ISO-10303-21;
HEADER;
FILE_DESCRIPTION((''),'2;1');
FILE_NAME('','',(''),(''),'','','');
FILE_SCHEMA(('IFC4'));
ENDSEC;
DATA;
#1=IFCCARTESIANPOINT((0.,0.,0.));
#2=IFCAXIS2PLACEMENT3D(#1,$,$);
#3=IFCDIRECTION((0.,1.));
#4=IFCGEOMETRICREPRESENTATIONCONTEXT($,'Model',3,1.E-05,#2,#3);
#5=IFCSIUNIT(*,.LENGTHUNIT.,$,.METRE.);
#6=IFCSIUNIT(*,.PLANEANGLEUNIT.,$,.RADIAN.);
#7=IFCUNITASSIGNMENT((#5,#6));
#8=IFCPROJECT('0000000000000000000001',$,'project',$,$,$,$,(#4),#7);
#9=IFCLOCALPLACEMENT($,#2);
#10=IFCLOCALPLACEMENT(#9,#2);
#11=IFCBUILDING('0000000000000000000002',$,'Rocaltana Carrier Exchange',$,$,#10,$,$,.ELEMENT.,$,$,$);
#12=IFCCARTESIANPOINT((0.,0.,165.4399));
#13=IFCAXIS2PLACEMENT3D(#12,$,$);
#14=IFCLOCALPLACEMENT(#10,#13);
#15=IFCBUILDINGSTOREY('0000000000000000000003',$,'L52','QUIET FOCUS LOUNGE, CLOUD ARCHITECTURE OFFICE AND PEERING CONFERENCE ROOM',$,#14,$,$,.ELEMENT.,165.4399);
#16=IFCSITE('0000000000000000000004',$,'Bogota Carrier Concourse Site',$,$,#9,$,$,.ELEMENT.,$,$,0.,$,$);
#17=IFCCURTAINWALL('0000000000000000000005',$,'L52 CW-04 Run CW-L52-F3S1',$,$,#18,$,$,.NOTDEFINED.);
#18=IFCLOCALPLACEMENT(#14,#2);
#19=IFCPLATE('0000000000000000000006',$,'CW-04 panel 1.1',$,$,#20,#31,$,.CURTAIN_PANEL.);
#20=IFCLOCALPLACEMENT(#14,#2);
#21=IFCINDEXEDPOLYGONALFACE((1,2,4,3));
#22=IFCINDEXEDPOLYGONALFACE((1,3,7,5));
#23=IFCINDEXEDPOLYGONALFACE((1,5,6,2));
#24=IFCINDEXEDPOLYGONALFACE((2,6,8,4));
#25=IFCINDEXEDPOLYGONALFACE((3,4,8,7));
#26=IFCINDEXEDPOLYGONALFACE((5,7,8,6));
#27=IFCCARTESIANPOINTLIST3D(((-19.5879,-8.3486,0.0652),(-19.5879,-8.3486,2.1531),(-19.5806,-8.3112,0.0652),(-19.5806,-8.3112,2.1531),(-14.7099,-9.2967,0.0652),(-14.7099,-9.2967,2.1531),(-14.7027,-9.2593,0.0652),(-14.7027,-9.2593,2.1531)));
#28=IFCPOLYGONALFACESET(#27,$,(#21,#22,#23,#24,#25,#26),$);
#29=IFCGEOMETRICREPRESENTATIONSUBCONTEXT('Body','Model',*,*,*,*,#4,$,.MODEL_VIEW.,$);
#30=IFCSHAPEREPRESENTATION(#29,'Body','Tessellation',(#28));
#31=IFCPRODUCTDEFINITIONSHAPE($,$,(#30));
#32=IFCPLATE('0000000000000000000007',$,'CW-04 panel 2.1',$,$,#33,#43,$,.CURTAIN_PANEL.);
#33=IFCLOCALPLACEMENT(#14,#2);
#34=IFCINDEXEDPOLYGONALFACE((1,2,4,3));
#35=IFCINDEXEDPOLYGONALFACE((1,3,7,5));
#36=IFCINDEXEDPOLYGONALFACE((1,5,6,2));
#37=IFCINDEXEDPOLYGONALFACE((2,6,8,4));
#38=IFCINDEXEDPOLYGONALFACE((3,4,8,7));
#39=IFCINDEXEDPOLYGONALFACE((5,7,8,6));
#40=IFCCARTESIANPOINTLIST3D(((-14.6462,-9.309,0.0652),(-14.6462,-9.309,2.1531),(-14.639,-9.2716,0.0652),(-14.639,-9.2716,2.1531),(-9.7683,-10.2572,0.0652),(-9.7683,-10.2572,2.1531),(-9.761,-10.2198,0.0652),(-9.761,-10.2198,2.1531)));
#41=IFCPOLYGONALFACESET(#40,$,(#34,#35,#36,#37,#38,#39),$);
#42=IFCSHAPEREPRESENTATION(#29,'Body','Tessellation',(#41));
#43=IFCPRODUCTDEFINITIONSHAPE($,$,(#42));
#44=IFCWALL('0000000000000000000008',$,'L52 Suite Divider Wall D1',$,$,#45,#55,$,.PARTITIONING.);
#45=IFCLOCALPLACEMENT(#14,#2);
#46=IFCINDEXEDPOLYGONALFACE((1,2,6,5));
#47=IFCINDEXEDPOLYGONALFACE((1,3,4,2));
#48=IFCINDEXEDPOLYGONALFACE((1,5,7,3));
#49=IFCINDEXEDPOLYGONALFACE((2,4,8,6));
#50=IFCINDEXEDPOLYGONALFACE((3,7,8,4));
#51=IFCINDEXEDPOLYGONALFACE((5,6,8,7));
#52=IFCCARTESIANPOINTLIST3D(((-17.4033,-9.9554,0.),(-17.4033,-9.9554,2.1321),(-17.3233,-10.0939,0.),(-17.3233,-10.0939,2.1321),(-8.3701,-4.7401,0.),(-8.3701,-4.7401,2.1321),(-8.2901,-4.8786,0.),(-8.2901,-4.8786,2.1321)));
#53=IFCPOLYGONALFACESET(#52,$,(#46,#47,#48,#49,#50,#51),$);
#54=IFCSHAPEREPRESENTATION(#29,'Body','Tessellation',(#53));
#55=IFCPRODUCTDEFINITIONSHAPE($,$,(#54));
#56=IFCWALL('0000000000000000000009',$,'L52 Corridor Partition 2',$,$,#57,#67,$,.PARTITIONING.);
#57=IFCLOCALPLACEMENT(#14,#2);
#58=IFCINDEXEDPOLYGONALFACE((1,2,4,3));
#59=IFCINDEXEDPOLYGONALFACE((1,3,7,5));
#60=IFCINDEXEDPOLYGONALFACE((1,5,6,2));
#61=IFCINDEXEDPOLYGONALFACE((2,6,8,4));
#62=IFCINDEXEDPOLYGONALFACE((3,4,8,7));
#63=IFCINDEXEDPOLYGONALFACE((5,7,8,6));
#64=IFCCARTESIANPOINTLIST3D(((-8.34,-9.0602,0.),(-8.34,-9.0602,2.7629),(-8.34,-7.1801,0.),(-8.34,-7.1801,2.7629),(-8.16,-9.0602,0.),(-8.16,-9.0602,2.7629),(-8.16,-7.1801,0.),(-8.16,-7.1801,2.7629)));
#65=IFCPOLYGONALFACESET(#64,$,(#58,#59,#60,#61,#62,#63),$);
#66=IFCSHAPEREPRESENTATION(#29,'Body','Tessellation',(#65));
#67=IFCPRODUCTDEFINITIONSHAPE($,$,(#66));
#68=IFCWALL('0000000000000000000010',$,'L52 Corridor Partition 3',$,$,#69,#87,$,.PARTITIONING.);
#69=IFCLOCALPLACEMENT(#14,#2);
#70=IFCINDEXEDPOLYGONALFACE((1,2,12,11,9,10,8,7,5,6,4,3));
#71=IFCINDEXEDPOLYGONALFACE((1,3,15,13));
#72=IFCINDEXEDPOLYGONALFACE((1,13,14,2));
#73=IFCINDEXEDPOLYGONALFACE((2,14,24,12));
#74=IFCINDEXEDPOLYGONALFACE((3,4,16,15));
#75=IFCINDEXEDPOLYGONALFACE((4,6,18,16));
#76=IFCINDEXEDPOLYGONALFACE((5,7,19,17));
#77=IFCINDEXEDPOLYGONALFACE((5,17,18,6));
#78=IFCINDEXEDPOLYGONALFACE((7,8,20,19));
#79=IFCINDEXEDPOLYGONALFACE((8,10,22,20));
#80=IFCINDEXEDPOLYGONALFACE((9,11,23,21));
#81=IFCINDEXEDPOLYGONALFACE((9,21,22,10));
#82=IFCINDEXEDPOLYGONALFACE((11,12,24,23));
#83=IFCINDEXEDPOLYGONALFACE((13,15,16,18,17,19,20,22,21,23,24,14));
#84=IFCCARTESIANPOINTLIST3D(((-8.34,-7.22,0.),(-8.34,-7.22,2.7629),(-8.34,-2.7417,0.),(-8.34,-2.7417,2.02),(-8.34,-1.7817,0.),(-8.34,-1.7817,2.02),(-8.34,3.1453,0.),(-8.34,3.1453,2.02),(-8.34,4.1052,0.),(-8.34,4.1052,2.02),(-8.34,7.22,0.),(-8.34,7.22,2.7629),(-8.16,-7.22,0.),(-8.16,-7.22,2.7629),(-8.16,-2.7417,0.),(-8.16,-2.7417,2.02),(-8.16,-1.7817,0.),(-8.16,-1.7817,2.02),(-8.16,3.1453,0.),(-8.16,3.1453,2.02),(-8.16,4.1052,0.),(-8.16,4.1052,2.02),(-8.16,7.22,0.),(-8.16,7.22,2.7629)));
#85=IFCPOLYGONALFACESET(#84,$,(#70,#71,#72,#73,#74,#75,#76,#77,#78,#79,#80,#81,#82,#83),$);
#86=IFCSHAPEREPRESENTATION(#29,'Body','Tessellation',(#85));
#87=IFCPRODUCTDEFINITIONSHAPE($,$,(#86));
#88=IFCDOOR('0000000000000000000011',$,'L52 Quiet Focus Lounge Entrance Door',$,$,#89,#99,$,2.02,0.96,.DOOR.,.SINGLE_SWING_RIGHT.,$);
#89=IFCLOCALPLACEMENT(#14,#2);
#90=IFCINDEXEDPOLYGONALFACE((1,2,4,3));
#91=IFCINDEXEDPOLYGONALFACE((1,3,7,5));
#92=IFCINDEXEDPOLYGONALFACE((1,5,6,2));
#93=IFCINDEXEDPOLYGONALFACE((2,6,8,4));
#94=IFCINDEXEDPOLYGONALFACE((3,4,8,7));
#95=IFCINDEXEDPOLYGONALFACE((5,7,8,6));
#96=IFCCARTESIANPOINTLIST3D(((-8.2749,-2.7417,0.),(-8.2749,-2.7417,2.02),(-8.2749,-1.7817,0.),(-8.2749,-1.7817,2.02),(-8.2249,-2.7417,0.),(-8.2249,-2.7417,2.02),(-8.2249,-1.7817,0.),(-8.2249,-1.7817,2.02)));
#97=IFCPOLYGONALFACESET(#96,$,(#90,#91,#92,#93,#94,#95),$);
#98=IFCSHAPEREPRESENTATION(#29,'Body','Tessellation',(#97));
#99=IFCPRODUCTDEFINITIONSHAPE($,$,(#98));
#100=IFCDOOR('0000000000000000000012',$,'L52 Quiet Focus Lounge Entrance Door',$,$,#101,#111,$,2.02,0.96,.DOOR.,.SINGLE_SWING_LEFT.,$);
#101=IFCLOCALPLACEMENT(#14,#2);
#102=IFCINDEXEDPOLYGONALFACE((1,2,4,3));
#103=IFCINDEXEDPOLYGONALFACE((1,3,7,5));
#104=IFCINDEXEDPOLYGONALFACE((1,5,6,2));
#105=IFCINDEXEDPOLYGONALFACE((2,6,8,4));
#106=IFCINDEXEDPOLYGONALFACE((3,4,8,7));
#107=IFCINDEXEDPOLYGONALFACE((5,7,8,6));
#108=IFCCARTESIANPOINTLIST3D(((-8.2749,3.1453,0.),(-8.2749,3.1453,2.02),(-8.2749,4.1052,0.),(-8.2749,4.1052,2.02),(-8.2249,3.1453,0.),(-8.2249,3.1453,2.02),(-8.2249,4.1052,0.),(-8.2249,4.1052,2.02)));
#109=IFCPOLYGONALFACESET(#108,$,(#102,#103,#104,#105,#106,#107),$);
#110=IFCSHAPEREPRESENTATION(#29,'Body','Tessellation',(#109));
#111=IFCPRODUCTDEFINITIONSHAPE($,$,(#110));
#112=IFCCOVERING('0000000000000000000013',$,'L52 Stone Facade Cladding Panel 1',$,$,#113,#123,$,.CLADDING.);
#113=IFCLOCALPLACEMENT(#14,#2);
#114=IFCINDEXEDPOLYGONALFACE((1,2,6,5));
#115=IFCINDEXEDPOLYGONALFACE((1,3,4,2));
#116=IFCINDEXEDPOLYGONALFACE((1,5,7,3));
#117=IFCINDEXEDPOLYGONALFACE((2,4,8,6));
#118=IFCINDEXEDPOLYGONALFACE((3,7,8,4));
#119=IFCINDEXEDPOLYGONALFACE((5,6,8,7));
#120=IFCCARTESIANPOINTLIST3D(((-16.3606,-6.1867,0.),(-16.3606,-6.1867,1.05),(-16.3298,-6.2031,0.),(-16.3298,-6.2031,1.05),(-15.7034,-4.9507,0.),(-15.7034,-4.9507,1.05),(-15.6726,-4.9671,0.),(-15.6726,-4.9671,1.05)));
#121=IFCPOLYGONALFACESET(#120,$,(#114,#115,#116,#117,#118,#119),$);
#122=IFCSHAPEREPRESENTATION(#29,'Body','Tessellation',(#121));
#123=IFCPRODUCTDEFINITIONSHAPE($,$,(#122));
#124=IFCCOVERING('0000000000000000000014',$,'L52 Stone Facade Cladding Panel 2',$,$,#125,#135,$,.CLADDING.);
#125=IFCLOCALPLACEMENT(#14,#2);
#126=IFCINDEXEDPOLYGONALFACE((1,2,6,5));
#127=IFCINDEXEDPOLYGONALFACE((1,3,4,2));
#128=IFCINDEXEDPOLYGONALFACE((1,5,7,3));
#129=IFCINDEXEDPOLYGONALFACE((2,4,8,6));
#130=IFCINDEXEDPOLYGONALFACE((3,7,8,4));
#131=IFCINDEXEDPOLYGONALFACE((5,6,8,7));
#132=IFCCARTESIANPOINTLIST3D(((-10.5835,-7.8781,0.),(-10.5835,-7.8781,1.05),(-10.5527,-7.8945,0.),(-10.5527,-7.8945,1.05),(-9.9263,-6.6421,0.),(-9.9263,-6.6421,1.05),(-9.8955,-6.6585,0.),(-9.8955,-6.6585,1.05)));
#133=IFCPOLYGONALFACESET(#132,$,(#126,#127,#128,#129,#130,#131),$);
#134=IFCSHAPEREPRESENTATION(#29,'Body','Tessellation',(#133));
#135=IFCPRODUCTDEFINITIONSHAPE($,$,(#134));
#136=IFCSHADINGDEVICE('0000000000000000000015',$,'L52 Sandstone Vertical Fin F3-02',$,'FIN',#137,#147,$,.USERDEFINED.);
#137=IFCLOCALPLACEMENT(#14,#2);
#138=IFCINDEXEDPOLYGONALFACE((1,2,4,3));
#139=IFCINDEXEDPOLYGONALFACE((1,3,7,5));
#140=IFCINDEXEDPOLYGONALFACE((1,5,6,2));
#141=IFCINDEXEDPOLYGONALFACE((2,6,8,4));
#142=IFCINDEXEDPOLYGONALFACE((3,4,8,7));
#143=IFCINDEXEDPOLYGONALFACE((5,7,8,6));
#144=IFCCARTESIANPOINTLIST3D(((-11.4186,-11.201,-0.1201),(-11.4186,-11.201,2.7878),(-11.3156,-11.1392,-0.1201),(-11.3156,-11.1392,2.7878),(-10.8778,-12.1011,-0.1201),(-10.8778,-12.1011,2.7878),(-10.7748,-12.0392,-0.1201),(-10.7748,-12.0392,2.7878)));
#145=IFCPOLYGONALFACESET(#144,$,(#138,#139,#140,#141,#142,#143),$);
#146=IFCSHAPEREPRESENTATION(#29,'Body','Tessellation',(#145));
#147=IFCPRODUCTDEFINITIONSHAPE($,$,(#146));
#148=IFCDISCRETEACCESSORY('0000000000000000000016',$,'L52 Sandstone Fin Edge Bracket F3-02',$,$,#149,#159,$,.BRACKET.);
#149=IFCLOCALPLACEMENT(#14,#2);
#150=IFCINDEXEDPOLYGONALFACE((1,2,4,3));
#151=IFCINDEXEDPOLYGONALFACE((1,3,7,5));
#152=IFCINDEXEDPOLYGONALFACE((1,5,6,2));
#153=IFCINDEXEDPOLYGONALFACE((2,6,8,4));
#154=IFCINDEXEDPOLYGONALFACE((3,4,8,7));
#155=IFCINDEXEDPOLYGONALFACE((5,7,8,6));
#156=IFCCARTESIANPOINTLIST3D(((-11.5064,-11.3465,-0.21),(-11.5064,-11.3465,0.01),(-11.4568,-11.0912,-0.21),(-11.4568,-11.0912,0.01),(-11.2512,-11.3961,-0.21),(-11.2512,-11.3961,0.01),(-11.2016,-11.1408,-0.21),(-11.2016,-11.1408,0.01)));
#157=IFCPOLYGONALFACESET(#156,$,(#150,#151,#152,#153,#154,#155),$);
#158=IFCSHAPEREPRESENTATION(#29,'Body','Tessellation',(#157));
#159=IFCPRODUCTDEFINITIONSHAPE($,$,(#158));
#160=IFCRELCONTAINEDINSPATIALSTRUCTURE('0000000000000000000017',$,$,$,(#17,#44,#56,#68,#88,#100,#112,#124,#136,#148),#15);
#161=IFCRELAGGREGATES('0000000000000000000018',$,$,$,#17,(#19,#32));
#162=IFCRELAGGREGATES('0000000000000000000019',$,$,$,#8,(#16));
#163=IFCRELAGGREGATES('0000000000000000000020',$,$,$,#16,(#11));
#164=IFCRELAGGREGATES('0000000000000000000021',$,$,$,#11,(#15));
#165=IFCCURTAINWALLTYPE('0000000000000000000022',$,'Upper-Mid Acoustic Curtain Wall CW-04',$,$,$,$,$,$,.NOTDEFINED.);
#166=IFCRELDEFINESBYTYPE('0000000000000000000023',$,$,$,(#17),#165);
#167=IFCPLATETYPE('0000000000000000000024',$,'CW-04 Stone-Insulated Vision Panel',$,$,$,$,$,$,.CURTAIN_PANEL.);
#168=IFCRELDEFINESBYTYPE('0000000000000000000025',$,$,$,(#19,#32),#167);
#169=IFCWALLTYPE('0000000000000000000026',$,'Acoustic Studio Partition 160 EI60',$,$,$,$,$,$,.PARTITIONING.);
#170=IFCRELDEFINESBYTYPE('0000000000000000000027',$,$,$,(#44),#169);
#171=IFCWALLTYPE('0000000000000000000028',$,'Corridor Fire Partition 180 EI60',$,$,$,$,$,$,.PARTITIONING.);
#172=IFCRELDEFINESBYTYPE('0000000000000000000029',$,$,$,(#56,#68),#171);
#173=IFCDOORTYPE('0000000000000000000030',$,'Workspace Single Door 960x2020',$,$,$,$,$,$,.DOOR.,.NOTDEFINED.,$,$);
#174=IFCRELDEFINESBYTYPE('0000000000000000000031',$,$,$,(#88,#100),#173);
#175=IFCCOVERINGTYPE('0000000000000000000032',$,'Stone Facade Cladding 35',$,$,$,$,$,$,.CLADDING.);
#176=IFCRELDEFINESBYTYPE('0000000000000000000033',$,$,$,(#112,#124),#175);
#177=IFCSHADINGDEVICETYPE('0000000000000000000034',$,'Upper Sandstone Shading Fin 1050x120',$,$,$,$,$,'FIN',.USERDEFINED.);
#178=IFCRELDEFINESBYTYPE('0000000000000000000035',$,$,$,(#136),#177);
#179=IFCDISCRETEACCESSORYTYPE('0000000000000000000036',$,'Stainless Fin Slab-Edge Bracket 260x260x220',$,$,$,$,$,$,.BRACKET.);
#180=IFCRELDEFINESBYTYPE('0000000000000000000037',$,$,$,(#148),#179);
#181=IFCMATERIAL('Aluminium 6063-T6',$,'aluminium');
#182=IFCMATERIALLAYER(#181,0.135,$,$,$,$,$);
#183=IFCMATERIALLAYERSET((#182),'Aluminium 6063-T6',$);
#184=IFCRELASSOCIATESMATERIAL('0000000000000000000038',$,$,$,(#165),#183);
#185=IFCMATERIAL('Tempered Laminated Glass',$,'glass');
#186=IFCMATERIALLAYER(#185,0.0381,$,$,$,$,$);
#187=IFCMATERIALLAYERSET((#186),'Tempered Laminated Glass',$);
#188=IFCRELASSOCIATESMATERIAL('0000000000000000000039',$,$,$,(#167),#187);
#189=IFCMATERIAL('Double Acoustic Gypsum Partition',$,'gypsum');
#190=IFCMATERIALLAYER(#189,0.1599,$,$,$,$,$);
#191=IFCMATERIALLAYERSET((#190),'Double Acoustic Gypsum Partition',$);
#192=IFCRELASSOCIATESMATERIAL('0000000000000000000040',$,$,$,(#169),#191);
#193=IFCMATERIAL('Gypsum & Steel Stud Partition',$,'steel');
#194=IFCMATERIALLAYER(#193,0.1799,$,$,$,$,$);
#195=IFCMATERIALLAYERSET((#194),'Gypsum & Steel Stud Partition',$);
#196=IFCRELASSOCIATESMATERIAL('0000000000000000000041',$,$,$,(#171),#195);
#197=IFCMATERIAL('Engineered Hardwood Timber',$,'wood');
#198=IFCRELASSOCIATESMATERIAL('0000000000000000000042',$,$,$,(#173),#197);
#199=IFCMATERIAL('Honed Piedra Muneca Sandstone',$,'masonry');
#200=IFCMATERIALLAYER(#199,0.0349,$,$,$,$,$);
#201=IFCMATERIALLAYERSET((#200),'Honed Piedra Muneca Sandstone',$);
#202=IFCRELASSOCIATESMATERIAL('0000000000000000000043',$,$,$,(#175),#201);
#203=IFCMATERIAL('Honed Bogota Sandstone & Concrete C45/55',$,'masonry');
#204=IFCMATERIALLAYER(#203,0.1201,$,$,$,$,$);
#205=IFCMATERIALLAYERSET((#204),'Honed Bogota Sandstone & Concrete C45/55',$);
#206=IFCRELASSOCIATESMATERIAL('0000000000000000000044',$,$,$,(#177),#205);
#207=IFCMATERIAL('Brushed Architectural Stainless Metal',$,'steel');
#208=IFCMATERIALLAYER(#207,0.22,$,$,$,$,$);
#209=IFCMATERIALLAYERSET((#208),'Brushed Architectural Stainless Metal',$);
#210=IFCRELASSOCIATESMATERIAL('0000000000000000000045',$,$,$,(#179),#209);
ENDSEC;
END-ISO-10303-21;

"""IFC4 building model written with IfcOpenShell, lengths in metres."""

from ifc_helpers import new_model, si_unit, direction, frame, frame_2d, origin, origin_2d, place, context, subcontext, project, spatial, rectangle, extrude, material, layer, layer_set, type_object, element, fill, aggregate, save


model = new_model("IFC4")

# Units and contexts
model_context = context("Model", 3, precision=1e-05, world=origin(), true_north=direction((0.0, 1.0)))
body_context = subcontext(model_context, "Body", "Model", "MODEL_VIEW")
ifc_project = project(units=[si_unit("LENGTHUNIT", "METRE"), si_unit("PLANEANGLEUNIT", "RADIAN")], contexts=[model_context])

# Site, building, storey
site_placement = place(None, origin())
site = spatial("IfcSite", under=ifc_project, at=site_placement, Name="Bogota Carrier Concourse Site", CompositionType="ELEMENT", RefElevation=0.0)
building_placement = place(site_placement, origin())
building = spatial("IfcBuilding", under=site, at=building_placement, Name="Rocaltana Carrier Exchange", CompositionType="ELEMENT")
storey_placement = place(building_placement, frame((0.0, 0.0, 165.4399)))
storey = spatial("IfcBuildingStorey", under=building, at=storey_placement, Name="L52", Description="QUIET FOCUS LOUNGE, CLOUD ARCHITECTURE OFFICE AND PEERING CONFERENCE ROOM", CompositionType="ELEMENT", Elevation=165.4399)

# Curtain wall
ifc_material_1 = material(Name="Aluminium 6063-T6", Category="aluminium")
ifc_layer_1 = layer(ifc_material_1, 0.135)
ifc_layer_set_1 = layer_set([ifc_layer_1], Name="Aluminium 6063-T6")
curtain_wall_type = type_object("IfcCurtainWallType", Name="Upper-Mid Acoustic Curtain Wall CW-04", PredefinedType="NOTDEFINED", material=ifc_layer_set_1)
curtain_wall_placement = place(storey_placement, origin())
curtain_wall = element("IfcCurtainWall", 1, at=curtain_wall_placement, inside=storey, type_object=curtain_wall_type, Name="L52 CW-04 Run CW-L52-F3S1", PredefinedType="NOTDEFINED")

# Plates
ifc_material_2 = material(Name="Tempered Laminated Glass", Category="glass")
ifc_layer_2 = layer(ifc_material_2, 0.0381)
ifc_layer_set_2 = layer_set([ifc_layer_2], Name="Tempered Laminated Glass")
plate_type = type_object("IfcPlateType", Name="CW-04 Stone-Insulated Vision Panel", PredefinedType="CURTAIN_PANEL", material=ifc_layer_set_2)
plate_1_placement = place(storey_placement, frame((-17.1453, -8.804, 0.0652), z_axis=(0.0, 0.0, 1.0), x_axis=(0.981628, -0.190803, 0.0)))
plate_1 = element("IfcPlate", 2, at=plate_1_placement, type_object=plate_type, Name="CW-04 panel 1.1", PredefinedType="CURTAIN_PANEL", context=body_context, shape_type="SweptSolid", body=[
    extrude(rectangle(XDim=4.9692, YDim=0.0381, at=origin_2d()), origin(), (0.0, 0.0, 1.0), 2.0879),
])
plate_2_placement = place(storey_placement, frame((-12.2036, -9.7644, 0.0652), z_axis=(0.0, 0.0, 1.0), x_axis=(0.981628, -0.190803, 0.0)))
plate_2 = element("IfcPlate", 3, at=plate_2_placement, type_object=plate_type, Name="CW-04 panel 2.1", PredefinedType="CURTAIN_PANEL", context=body_context, shape_type="SweptSolid", body=[
    extrude(rectangle(XDim=4.9692, YDim=0.0381, at=origin_2d()), origin(), (0.0, 0.0, 1.0), 2.0879),
])
aggregate(curtain_wall, [plate_1, plate_2])

# Walls
ifc_material_3 = material(Name="Double Acoustic Gypsum Partition", Category="gypsum")
ifc_layer_3 = layer(ifc_material_3, 0.1599)
ifc_layer_set_3 = layer_set([ifc_layer_3], Name="Double Acoustic Gypsum Partition")
wall_type_1 = type_object("IfcWallType", Name="Acoustic Studio Partition 160 EI60", PredefinedType="PARTITIONING", material=ifc_layer_set_3)
wall_1_placement = place(storey_placement, frame((-8.3301, -4.8093, 0.0), z_axis=(0.0, 0.0, 1.0), x_axis=(-0.866025, -0.500001, 0.0)))
element("IfcWall", 4, at=wall_1_placement, inside=storey, type_object=wall_type_1, Name="L52 Suite Divider Wall D1", PredefinedType="PARTITIONING", context=body_context, shape_type="SweptSolid", body=[
    extrude(rectangle(XDim=10.4307, YDim=0.1599, at=frame_2d((5.2153, 0.0))), origin(), (0.0, 0.0, 1.0), 2.1321),
])
ifc_material_4 = material(Name="Gypsum & Steel Stud Partition", Category="steel")
ifc_layer_4 = layer(ifc_material_4, 0.1799)
ifc_layer_set_4 = layer_set([ifc_layer_4], Name="Gypsum & Steel Stud Partition")
wall_type_2 = type_object("IfcWallType", Name="Corridor Fire Partition 180 EI60", PredefinedType="PARTITIONING", material=ifc_layer_set_4)
wall_2_placement = place(storey_placement, frame((-8.25, -9.0601, 0.0), z_axis=(0.0, 0.0, 1.0), x_axis=(0.0, 1.0, 0.0)))
element("IfcWall", 5, at=wall_2_placement, inside=storey, type_object=wall_type_2, Name="L52 Corridor Partition 2", PredefinedType="PARTITIONING", context=body_context, shape_type="SweptSolid", body=[
    extrude(rectangle(XDim=1.8801, YDim=0.1799, at=frame_2d((0.9399, 0.0))), origin(), (0.0, 0.0, 1.0), 2.7629),
])

# Wall, openings, doors
wall_3_placement = place(storey_placement, frame((-8.25, -7.22, 0.0), z_axis=(0.0, 0.0, 1.0), x_axis=(0.0, 1.0, 0.0)))
wall_3 = element("IfcWall", 6, at=wall_3_placement, inside=storey, type_object=wall_type_2, Name="L52 Corridor Partition 3", PredefinedType="PARTITIONING", context=body_context, shape_type="SweptSolid", body=[
    extrude(rectangle(XDim=14.4399, YDim=0.1799, at=frame_2d((7.22, 0.0))), origin(), (0.0, 0.0, 1.0), 2.7629),
])
opening_1_placement = place(wall_3_placement, frame((4.4783, 0.0, 0.0)))
opening_1 = element("IfcOpeningElement", 7, at=opening_1_placement, cuts=wall_3, PredefinedType="OPENING", context=body_context, shape_type="SweptSolid", body=[
    extrude(rectangle(XDim=0.96, YDim=2.02, at=frame_2d((0.48, 1.01))), frame((0.0, 0.0999, 0.0), z_axis=(0.0, -1.0, 0.0), x_axis=(1.0, 0.0, 0.0)), (0.0, 0.0, 1.0), 0.2),
])
opening_2_placement = place(wall_3_placement, frame((10.3652, 0.0, 0.0)))
opening_2 = element("IfcOpeningElement", 8, at=opening_2_placement, cuts=wall_3, PredefinedType="OPENING", context=body_context, shape_type="SweptSolid", body=[
    extrude(rectangle(XDim=0.96, YDim=2.02, at=frame_2d((0.48, 1.01))), frame((0.0, 0.0999, 0.0), z_axis=(0.0, -1.0, 0.0), x_axis=(1.0, 0.0, 0.0)), (0.0, 0.0, 1.0), 0.2),
])
ifc_material_5 = material(Name="Engineered Hardwood Timber", Category="wood")
door_type = type_object("IfcDoorType", Name="Workspace Single Door 960x2020", OperationType="NOTDEFINED", PredefinedType="DOOR", material=ifc_material_5)
door_1_placement = place(opening_1_placement, origin())
door_1 = element("IfcDoor", 9, at=door_1_placement, inside=storey, type_object=door_type, Name="L52 Quiet Focus Lounge Entrance Door", OperationType="SINGLE_SWING_RIGHT", OverallHeight=2.02, OverallWidth=0.96, PredefinedType="DOOR", context=body_context, shape_type="SweptSolid", body=[
    extrude(rectangle(XDim=0.96, YDim=2.02, at=frame_2d((0.48, 1.01))), frame((0.0, 0.0249, 0.0), z_axis=(0.0, -1.0, 0.0), x_axis=(1.0, 0.0, 0.0)), (0.0, 0.0, 1.0), 0.05),
])
fill(opening_1, door_1)
door_2_placement = place(opening_2_placement, origin())
door_2 = element("IfcDoor", 10, at=door_2_placement, inside=storey, type_object=door_type, Name="L52 Quiet Focus Lounge Entrance Door", OperationType="SINGLE_SWING_LEFT", OverallHeight=2.02, OverallWidth=0.96, PredefinedType="DOOR", context=body_context, shape_type="SweptSolid", body=[
    extrude(rectangle(XDim=0.96, YDim=2.02, at=frame_2d((0.48, 1.01))), frame((0.0, 0.0249, 0.0), z_axis=(0.0, -1.0, 0.0), x_axis=(1.0, 0.0, 0.0)), (0.0, 0.0, 1.0), 0.05),
])
fill(opening_2, door_2)

# Coverings
ifc_material_6 = material(Name="Honed Piedra Muneca Sandstone", Category="masonry")
ifc_layer_5 = layer(ifc_material_6, 0.0349)
ifc_layer_set_5 = layer_set([ifc_layer_5], Name="Honed Piedra Muneca Sandstone")
covering_type = type_object("IfcCoveringType", Name="Stone Facade Cladding 35", PredefinedType="CLADDING", material=ifc_layer_set_5)
for number, where, z_axis, x_axis, name in (
    (11, (-16.0166, -5.5769, 0.0), (0.0, 0.0, 1.0), (0.469472, 0.882948, 0.0), "L52 Stone Facade Cladding Panel 1"),
    (12, (-10.2395, -7.2683, 0.0), (0.0, 0.0, 1.0), (0.469472, 0.882948, 0.0), "L52 Stone Facade Cladding Panel 2"),
):
    element("IfcCovering", number, at=place(storey_placement, frame(where, z_axis=z_axis, x_axis=x_axis)), inside=storey, type_object=covering_type, Name=name, PredefinedType="CLADDING", context=body_context, shape_type="SweptSolid", body=[
        extrude(rectangle(XDim=1.3999, YDim=0.0349, at=origin_2d()), origin(), (0.0, 0.0, 1.0), 1.05),
    ])

# Shading device
ifc_material_7 = material(Name="Honed Bogota Sandstone & Concrete C45/55", Category="masonry")
ifc_layer_6 = layer(ifc_material_7, 0.1201)
ifc_layer_set_6 = layer_set([ifc_layer_6], Name="Honed Bogota Sandstone & Concrete C45/55")
shading_device_type = type_object("IfcShadingDeviceType", Name="Upper Sandstone Shading Fin 1050x120", ElementType="FIN", PredefinedType="USERDEFINED", material=ifc_layer_set_6)
shading_device_placement = place(storey_placement, frame((-11.0967, -11.6201, -0.1201), z_axis=(0.0, 0.0, 1.0), x_axis=(0.515038, -0.857167, 0.0)))
element("IfcShadingDevice", 13, at=shading_device_placement, inside=storey, type_object=shading_device_type, Name="L52 Sandstone Vertical Fin F3-02", ObjectType="FIN", PredefinedType="USERDEFINED", context=body_context, shape_type="SweptSolid", body=[
    extrude(rectangle(XDim=1.05, YDim=0.1201, at=origin_2d()), origin(), (0.0, 0.0, 1.0), 2.908),
])

# Discrete accessory
ifc_material_8 = material(Name="Brushed Architectural Stainless Metal", Category="steel")
ifc_layer_7 = layer(ifc_material_8, 0.22)
ifc_layer_set_7 = layer_set([ifc_layer_7], Name="Brushed Architectural Stainless Metal")
discrete_accessory_type = type_object("IfcDiscreteAccessoryType", Name="Stainless Fin Slab-Edge Bracket 260x260x220", PredefinedType="BRACKET", material=ifc_layer_set_7)
discrete_accessory_placement = place(storey_placement, frame((-11.354, -11.2437, -0.21), z_axis=(0.0, 0.0, 1.0), x_axis=(0.981627, -0.190809, 0.0)))
element("IfcDiscreteAccessory", 14, at=discrete_accessory_placement, inside=storey, type_object=discrete_accessory_type, Name="L52 Sandstone Fin Edge Bracket F3-02", PredefinedType="BRACKET", context=body_context, shape_type="SweptSolid", body=[
    extrude(rectangle(XDim=0.26, YDim=0.26, at=origin_2d()), origin(), (0.0, 0.0, 1.0), 0.22),
])

save(model, "model.ifc")
